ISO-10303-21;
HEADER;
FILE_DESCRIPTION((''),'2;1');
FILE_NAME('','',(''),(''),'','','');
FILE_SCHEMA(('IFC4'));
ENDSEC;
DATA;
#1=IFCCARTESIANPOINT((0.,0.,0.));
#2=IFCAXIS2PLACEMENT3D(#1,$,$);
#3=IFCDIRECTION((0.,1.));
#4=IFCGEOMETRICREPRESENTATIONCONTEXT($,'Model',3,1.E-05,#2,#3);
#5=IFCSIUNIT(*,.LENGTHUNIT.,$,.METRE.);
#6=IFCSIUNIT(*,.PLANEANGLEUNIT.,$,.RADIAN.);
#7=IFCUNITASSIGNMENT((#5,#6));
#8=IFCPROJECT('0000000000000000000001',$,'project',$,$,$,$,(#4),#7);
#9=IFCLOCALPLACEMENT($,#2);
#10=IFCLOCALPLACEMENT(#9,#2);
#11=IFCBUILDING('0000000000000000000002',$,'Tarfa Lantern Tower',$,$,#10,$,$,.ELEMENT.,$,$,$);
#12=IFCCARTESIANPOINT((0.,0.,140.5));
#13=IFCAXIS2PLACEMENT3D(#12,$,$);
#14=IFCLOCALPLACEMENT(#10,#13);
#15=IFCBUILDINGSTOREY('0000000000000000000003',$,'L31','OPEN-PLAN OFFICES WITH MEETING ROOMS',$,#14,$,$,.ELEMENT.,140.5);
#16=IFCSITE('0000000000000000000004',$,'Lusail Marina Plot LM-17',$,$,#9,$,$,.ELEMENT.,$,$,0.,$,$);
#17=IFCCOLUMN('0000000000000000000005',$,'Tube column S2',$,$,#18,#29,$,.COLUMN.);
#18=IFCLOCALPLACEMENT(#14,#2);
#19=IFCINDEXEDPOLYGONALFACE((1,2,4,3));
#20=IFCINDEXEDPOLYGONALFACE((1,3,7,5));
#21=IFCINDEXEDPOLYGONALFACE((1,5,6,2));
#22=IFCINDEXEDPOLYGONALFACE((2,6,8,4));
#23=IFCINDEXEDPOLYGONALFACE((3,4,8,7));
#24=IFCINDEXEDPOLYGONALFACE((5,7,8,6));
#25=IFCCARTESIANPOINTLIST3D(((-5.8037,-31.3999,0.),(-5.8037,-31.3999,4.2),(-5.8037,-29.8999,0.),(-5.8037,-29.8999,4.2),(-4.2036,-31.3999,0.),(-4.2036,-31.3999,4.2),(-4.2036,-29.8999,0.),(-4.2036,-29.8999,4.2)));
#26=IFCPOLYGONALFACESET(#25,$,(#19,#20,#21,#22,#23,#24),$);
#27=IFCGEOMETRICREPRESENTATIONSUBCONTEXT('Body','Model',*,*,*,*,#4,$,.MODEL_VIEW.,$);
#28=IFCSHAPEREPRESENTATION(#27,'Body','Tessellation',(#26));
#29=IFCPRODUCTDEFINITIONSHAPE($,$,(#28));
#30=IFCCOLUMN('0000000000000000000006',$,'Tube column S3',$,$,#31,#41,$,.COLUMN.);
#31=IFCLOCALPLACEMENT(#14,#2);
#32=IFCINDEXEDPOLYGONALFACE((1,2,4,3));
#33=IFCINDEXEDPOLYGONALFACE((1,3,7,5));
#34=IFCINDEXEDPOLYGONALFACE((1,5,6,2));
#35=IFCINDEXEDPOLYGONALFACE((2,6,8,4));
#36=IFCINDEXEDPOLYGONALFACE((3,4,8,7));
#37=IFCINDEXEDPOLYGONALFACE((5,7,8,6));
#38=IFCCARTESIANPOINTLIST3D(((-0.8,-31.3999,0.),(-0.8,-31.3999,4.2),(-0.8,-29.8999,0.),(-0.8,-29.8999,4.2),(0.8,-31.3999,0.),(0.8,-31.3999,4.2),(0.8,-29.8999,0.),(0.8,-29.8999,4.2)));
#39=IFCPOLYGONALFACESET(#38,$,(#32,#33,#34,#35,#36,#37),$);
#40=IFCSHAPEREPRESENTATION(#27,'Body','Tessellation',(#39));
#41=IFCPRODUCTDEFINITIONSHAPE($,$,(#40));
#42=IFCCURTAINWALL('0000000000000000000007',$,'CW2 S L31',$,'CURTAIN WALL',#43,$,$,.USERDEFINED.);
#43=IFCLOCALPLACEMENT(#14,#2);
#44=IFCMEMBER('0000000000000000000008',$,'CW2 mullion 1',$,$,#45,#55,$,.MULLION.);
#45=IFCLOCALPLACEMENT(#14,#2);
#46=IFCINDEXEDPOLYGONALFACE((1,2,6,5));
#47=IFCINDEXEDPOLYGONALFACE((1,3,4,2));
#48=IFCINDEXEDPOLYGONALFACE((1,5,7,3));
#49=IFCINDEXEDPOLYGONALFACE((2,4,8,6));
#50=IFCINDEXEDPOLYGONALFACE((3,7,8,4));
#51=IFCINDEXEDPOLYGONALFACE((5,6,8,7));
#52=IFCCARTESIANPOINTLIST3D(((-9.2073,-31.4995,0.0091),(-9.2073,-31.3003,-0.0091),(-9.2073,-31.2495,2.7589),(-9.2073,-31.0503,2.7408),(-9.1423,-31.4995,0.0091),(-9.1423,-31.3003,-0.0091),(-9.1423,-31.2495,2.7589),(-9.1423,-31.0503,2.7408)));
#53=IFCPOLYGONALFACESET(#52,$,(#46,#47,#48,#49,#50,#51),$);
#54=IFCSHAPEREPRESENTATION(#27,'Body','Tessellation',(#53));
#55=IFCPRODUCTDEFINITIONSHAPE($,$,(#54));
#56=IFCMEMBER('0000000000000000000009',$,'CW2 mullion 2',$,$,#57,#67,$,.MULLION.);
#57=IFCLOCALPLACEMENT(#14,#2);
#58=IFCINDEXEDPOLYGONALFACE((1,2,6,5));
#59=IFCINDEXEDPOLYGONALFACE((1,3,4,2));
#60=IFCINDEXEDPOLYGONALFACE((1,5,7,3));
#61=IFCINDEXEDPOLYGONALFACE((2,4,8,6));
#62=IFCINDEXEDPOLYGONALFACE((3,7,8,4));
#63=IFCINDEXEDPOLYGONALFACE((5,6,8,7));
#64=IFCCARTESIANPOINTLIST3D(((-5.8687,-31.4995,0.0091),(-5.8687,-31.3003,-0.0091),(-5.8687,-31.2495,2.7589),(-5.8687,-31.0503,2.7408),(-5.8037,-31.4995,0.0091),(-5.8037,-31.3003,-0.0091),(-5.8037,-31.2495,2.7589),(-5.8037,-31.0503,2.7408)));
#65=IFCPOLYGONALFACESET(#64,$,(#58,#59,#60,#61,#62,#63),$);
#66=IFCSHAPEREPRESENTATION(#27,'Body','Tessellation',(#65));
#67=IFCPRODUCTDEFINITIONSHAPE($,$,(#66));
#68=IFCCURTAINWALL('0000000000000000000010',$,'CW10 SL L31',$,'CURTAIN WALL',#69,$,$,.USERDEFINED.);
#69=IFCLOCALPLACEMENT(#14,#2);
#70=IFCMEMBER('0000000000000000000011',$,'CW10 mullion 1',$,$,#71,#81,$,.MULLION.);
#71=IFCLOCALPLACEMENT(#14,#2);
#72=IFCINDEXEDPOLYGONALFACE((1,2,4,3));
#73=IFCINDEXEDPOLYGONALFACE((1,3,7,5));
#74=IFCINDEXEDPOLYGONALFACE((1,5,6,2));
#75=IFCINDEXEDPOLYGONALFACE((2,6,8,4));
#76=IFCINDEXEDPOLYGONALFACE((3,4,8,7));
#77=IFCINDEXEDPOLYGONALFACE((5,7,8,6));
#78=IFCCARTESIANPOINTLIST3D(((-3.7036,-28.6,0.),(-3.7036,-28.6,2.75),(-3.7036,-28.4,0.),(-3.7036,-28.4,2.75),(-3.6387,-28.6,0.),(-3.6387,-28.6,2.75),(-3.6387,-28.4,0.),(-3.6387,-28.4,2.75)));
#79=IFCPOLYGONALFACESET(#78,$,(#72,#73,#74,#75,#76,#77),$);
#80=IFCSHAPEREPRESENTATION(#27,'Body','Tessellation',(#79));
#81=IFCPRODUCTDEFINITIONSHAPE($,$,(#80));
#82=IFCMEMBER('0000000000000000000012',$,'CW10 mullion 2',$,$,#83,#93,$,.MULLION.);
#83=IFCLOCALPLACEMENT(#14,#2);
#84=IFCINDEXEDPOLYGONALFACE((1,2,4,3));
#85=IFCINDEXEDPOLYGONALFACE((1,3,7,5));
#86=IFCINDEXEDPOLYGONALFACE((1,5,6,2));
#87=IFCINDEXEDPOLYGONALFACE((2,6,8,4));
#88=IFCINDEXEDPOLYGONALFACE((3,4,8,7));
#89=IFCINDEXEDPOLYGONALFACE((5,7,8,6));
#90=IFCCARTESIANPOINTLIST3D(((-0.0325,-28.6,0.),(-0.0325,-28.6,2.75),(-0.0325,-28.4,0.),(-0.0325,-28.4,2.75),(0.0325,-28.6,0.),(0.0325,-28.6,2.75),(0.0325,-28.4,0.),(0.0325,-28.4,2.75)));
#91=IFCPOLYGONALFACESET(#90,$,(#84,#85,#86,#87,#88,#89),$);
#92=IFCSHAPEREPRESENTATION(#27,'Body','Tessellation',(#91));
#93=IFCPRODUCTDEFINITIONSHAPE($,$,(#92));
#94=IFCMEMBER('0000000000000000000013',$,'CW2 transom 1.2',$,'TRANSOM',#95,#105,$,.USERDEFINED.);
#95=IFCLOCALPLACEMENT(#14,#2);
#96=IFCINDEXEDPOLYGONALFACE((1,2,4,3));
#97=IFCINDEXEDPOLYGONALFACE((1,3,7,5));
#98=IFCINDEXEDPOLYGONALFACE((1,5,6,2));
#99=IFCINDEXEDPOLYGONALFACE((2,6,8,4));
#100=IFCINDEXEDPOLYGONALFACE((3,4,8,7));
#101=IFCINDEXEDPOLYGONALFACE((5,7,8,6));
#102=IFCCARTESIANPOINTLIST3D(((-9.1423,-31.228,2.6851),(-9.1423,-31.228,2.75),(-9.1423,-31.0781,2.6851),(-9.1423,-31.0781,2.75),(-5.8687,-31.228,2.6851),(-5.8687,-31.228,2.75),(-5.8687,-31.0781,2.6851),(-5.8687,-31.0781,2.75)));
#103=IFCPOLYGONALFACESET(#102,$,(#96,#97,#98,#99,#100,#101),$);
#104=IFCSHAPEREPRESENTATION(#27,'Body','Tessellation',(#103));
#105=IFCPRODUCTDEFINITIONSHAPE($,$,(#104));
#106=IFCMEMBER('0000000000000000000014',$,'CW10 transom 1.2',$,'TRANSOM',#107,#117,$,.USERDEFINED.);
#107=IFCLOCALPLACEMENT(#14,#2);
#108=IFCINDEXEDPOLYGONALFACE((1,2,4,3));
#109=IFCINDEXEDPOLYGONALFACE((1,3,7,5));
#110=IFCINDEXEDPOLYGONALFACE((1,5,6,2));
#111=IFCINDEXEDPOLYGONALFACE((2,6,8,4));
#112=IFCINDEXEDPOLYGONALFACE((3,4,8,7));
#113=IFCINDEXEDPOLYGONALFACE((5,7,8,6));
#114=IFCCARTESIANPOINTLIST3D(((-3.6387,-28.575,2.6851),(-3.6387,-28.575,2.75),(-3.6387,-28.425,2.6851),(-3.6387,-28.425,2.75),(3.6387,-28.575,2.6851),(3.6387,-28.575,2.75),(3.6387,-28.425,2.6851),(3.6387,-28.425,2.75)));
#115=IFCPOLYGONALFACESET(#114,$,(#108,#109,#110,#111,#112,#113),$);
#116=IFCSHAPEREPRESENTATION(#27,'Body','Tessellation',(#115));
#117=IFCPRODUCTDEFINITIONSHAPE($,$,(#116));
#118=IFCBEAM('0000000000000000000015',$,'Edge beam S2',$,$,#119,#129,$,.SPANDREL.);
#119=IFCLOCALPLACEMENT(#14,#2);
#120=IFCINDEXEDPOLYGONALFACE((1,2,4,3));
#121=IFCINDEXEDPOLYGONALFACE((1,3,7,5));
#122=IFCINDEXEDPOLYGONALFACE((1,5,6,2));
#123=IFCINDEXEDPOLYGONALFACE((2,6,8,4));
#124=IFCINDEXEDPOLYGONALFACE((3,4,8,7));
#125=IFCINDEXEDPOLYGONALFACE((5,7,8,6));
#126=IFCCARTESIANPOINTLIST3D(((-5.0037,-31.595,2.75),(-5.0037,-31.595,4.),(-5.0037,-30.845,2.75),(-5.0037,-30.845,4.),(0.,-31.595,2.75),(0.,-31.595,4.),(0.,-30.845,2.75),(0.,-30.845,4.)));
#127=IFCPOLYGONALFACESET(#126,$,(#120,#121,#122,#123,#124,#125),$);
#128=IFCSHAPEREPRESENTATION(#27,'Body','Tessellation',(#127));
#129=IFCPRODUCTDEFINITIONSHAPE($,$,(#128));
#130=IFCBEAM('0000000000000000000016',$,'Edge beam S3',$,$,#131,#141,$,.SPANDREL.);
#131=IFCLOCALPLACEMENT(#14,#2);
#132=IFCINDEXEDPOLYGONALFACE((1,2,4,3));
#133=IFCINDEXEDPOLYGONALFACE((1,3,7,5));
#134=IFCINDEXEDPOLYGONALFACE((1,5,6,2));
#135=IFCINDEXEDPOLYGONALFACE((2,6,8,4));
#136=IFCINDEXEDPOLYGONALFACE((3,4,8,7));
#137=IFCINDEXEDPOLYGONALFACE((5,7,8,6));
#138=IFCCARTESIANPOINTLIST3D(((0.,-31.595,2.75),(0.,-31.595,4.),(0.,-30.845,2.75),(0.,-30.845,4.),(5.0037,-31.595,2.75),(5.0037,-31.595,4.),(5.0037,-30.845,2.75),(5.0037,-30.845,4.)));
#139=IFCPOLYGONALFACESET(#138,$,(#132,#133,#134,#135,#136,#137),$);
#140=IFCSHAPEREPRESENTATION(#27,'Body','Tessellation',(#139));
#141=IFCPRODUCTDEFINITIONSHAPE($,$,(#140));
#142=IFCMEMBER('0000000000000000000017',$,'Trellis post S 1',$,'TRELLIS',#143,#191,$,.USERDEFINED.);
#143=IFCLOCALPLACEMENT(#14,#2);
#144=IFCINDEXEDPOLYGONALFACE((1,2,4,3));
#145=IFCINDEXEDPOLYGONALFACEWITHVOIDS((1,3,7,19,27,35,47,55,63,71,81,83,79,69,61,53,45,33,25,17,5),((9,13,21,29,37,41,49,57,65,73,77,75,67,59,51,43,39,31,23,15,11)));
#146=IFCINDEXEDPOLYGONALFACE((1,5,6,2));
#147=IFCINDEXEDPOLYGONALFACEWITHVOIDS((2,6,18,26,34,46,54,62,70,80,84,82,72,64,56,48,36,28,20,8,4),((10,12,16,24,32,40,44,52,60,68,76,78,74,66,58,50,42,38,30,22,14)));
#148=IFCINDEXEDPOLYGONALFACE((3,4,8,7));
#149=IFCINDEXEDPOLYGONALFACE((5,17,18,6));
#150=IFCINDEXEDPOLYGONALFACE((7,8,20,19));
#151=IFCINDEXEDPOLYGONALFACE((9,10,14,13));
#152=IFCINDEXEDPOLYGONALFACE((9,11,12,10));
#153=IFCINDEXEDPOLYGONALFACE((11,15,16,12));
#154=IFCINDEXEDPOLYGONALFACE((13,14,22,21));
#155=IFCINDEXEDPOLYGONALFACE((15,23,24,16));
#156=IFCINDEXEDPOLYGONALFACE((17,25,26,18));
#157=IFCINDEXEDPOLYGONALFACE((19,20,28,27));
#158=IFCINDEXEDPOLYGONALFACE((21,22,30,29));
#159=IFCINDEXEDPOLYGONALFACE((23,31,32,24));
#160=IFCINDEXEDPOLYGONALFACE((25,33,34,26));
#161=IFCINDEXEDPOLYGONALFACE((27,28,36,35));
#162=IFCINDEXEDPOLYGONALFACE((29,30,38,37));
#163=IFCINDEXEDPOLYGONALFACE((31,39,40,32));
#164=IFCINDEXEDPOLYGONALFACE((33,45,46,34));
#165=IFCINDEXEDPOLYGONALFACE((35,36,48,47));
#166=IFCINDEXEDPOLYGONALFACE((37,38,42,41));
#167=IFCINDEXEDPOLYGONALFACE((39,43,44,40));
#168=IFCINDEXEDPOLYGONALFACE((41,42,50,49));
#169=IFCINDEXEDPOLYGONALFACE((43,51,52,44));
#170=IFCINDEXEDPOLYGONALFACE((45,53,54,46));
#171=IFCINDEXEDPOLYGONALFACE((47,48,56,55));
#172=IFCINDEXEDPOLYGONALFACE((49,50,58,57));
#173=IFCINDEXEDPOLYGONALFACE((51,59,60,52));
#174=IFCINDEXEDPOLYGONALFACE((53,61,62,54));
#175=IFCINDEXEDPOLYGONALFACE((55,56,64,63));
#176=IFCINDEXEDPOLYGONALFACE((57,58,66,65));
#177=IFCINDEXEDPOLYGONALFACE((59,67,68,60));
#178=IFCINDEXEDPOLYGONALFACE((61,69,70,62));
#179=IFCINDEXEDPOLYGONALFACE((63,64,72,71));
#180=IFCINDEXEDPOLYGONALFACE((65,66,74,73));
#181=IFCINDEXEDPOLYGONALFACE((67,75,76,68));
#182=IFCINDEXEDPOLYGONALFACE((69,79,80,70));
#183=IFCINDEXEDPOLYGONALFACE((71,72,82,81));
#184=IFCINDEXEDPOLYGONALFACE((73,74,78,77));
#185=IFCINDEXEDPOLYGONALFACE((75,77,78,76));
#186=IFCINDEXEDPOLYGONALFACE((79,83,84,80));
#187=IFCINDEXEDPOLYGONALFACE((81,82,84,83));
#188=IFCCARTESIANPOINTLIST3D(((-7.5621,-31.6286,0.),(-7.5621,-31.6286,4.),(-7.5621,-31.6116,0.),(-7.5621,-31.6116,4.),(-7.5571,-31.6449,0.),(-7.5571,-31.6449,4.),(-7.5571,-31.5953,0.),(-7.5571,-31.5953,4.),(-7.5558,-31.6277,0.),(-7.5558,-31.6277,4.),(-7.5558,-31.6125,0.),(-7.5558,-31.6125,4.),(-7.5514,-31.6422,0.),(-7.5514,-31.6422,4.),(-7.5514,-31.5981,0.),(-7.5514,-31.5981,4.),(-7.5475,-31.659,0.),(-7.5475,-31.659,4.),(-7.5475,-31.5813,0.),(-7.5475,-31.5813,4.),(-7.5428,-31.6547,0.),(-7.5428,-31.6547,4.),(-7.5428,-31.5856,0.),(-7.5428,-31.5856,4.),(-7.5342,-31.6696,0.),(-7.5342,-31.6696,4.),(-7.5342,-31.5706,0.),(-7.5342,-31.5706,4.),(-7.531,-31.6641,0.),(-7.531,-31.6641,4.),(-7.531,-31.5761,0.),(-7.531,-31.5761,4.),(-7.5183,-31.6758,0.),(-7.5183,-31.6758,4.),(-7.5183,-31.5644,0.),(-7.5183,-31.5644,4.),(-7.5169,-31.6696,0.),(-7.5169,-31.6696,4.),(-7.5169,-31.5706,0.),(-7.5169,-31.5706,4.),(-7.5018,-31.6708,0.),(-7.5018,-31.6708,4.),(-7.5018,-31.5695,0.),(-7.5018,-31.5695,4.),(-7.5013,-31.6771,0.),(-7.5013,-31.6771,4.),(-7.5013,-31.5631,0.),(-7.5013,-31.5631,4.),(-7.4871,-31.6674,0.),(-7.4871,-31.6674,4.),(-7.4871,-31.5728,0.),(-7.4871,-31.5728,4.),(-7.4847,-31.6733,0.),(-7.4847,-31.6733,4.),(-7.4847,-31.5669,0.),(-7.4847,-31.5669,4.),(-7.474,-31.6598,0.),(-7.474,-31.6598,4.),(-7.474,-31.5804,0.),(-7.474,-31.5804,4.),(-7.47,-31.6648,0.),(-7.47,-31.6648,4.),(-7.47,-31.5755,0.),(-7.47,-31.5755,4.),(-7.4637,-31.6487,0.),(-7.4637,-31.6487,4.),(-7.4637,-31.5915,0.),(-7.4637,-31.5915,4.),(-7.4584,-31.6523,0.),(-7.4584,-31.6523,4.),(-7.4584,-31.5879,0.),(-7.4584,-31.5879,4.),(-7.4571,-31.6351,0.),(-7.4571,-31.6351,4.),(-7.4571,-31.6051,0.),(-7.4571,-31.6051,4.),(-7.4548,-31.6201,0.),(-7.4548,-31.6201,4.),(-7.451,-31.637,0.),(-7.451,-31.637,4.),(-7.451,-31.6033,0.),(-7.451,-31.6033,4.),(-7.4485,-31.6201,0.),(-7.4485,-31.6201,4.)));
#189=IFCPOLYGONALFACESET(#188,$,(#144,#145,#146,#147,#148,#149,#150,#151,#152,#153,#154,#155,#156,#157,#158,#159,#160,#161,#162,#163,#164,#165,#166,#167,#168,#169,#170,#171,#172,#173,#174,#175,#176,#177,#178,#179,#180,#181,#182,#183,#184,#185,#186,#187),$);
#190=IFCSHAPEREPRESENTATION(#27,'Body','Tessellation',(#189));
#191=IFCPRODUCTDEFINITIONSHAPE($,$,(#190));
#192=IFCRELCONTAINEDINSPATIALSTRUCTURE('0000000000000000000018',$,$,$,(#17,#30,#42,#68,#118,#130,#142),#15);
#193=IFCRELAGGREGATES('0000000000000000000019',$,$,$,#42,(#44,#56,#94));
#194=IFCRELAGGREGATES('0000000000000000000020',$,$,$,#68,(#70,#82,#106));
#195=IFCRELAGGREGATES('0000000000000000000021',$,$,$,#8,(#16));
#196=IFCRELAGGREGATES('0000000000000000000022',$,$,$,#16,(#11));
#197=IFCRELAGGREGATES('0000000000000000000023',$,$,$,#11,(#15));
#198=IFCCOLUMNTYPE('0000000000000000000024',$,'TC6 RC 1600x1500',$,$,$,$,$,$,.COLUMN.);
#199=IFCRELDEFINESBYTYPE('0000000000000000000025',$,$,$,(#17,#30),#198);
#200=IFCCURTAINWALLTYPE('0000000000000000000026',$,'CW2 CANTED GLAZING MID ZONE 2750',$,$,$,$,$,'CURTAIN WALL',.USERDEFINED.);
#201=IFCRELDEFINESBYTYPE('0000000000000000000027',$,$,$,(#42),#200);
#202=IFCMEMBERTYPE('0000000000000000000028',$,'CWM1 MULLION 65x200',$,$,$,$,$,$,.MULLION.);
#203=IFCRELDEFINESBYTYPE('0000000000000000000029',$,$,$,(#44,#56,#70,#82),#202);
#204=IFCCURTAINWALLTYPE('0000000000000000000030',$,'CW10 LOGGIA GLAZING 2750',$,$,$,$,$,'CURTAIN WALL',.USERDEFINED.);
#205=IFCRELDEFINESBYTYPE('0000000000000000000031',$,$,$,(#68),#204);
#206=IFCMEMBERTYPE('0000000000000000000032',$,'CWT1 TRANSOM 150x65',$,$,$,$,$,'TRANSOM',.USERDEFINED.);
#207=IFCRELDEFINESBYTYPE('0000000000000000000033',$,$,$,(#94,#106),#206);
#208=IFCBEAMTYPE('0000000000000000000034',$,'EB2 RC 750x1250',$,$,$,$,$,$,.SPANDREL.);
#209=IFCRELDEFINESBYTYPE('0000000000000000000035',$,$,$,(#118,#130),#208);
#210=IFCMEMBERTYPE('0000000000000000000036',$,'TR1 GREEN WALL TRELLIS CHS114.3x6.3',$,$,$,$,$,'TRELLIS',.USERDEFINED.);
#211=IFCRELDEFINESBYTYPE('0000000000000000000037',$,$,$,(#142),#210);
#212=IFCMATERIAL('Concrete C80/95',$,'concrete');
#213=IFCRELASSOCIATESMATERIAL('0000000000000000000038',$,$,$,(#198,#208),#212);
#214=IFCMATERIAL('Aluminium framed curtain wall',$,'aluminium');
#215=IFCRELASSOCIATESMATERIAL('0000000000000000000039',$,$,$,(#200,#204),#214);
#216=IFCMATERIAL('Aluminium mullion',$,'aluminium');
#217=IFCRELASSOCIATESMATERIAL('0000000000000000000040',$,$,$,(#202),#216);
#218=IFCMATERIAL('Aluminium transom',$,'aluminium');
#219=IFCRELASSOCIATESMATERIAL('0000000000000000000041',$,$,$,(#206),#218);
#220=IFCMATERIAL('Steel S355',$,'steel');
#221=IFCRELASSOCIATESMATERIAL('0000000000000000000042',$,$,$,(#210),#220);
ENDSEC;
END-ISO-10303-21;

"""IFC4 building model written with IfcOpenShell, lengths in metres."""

from ifc_helpers import new_model, si_unit, direction, frame, origin, origin_2d, place, context, subcontext, project, spatial, rectangle, hollow_circle, extrude, material, material_profile, profile_set, type_object, element, aggregate, save


model = new_model("IFC4")

# Units and contexts
model_context = context("Model", 3, precision=1e-05, world=origin(), true_north=direction((0.0, 1.0)))
body_context = subcontext(model_context, "Body", "Model", "MODEL_VIEW")
ifc_project = project(units=[si_unit("LENGTHUNIT", "METRE"), si_unit("PLANEANGLEUNIT", "RADIAN")], contexts=[model_context])

# Site, building, storey
site_placement = place(None, origin())
site = spatial("IfcSite", under=ifc_project, at=site_placement, Name="Lusail Marina Plot LM-17", CompositionType="ELEMENT", RefElevation=0.0)
building_placement = place(site_placement, origin())
building = spatial("IfcBuilding", under=site, at=building_placement, Name="Tarfa Lantern Tower", CompositionType="ELEMENT")
storey_placement = place(building_placement, frame((0.0, 0.0, 140.5)))
storey = spatial("IfcBuildingStorey", under=building, at=storey_placement, Name="L31", Description="OPEN-PLAN OFFICES WITH MEETING ROOMS", CompositionType="ELEMENT", Elevation=140.5)

# Columns
ifc_material_1 = material(Name="Concrete C80/95", Category="concrete")
ifc_material_profile_1 = material_profile(ifc_material_1, rectangle(XDim=1.6001, YDim=1.5, at=origin_2d()), Name="RC 1600x1500")
ifc_profile_set_1 = profile_set([ifc_material_profile_1], Name="Concrete C80/95")
column_type = type_object("IfcColumnType", Name="TC6 RC 1600x1500", PredefinedType="COLUMN", material=ifc_profile_set_1)
for number, where, z_axis, x_axis, name in (
    (1, (-5.0037, -30.6499, 0.0), (0.0, 0.0, 1.0), (1.0, 0.0, 0.0), "Tube column S2"),
    (2, (0.0, -30.6499, 0.0), (0.0, 0.0, 1.0), (1.0, 0.0, 0.0), "Tube column S3"),
):
    element("IfcColumn", number, at=place(storey_placement, frame(where, z_axis=z_axis, x_axis=x_axis)), inside=storey, type_object=column_type, Name=name, PredefinedType="COLUMN", context=body_context, shape_type="SweptSolid", body=[
        extrude(rectangle(XDim=1.6001, YDim=1.5, at=origin_2d()), origin(), (0.0, 0.0, 1.0), 4.2),
    ])

# Curtain walls, members
ifc_material_2 = material(Name="Aluminium framed curtain wall", Category="aluminium")
curtain_wall_type_1 = type_object("IfcCurtainWallType", Name="CW2 CANTED GLAZING MID ZONE 2750", ElementType="CURTAIN WALL", PredefinedType="USERDEFINED", material=ifc_material_2)
curtain_wall_1_placement = place(storey_placement, origin())
curtain_wall_1 = element("IfcCurtainWall", 3, at=curtain_wall_1_placement, inside=storey, type_object=curtain_wall_type_1, Name="CW2 S L31", ObjectType="CURTAIN WALL", PredefinedType="USERDEFINED")
ifc_material_3 = material(Name="Aluminium mullion", Category="aluminium")
ifc_material_profile_2 = material_profile(ifc_material_3, rectangle(XDim=0.0649, YDim=0.2, at=origin_2d()), Name="AL MULLION 65x200")
ifc_profile_set_2 = profile_set([ifc_material_profile_2], Name="Aluminium mullion")
member_type_1 = type_object("IfcMemberType", Name="CWM1 MULLION 65x200", PredefinedType="MULLION", material=ifc_profile_set_2)
member_1_placement = place(storey_placement, frame((-9.1748, -31.3999, 0.0), z_axis=(0.0, 0.090536, 0.995893), x_axis=(-1.0, 0.0, 0.0)))
member_1 = element("IfcMember", 4, at=member_1_placement, type_object=member_type_1, Name="CW2 mullion 1", PredefinedType="MULLION", context=body_context, shape_type="SweptSolid", body=[
    extrude(rectangle(XDim=0.0649, YDim=0.2, at=origin_2d()), origin(), (0.0, 0.0, 1.0), 2.7612),
])
member_2_placement = place(storey_placement, frame((-5.8362, -31.3999, 0.0), z_axis=(0.0, 0.090536, 0.995893), x_axis=(-1.0, 0.0, 0.0)))
member_2 = element("IfcMember", 5, at=member_2_placement, type_object=member_type_1, Name="CW2 mullion 2", PredefinedType="MULLION", context=body_context, shape_type="SweptSolid", body=[
    extrude(rectangle(XDim=0.0649, YDim=0.2, at=origin_2d()), origin(), (0.0, 0.0, 1.0), 2.7612),
])
curtain_wall_type_2 = type_object("IfcCurtainWallType", Name="CW10 LOGGIA GLAZING 2750", ElementType="CURTAIN WALL", PredefinedType="USERDEFINED", material=ifc_material_2)
curtain_wall_2_placement = place(storey_placement, origin())
curtain_wall_2 = element("IfcCurtainWall", 6, at=curtain_wall_2_placement, inside=storey, type_object=curtain_wall_type_2, Name="CW10 SL L31", ObjectType="CURTAIN WALL", PredefinedType="USERDEFINED")
member_3_placement = place(storey_placement, frame((-3.6711, -28.5, 0.0), z_axis=(0.0, 0.0, 1.0), x_axis=(1.0, 0.0, 0.0)))
member_3 = element("IfcMember", 7, at=member_3_placement, type_object=member_type_1, Name="CW10 mullion 1", PredefinedType="MULLION", context=body_context, shape_type="SweptSolid", body=[
    extrude(rectangle(XDim=0.0649, YDim=0.2, at=origin_2d()), origin(), (0.0, 0.0, 1.0), 2.75),
])
member_4_placement = place(storey_placement, frame((0.0, -28.5, 0.0), z_axis=(0.0, 0.0, 1.0), x_axis=(1.0, 0.0, 0.0)))
member_4 = element("IfcMember", 8, at=member_4_placement, type_object=member_type_1, Name="CW10 mullion 2", PredefinedType="MULLION", context=body_context, shape_type="SweptSolid", body=[
    extrude(rectangle(XDim=0.0649, YDim=0.2, at=origin_2d()), origin(), (0.0, 0.0, 1.0), 2.75),
])

# Members
ifc_material_4 = material(Name="Aluminium transom", Category="aluminium")
ifc_material_profile_3 = material_profile(ifc_material_4, rectangle(XDim=0.1499, YDim=0.0649, at=origin_2d()), Name="AL TRANSOM 150x65")
ifc_profile_set_3 = profile_set([ifc_material_profile_3], Name="Aluminium transom")
member_type_2 = type_object("IfcMemberType", Name="CWT1 TRANSOM 150x65", ElementType="TRANSOM", PredefinedType="USERDEFINED", material=ifc_profile_set_3)
member_5_placement = place(storey_placement, frame((-9.1423, -31.1531, 2.7175), z_axis=(1.0, 0.0, 0.0), x_axis=(0.0, 1.0, 0.0)))
member_5 = element("IfcMember", 9, at=member_5_placement, type_object=member_type_2, Name="CW2 transom 1.2", ObjectType="TRANSOM", PredefinedType="USERDEFINED", context=body_context, shape_type="SweptSolid", body=[
    extrude(rectangle(XDim=0.1499, YDim=0.0649, at=origin_2d()), origin(), (0.0, 0.0, 1.0), 3.2737),
])
member_6_placement = place(storey_placement, frame((-3.6387, -28.5, 2.7175), z_axis=(1.0, 0.0, 0.0), x_axis=(0.0, 1.0, 0.0)))
member_6 = element("IfcMember", 10, at=member_6_placement, type_object=member_type_2, Name="CW10 transom 1.2", ObjectType="TRANSOM", PredefinedType="USERDEFINED", context=body_context, shape_type="SweptSolid", body=[
    extrude(rectangle(XDim=0.1499, YDim=0.0649, at=origin_2d()), origin(), (0.0, 0.0, 1.0), 7.2773),
])

# Beams
ifc_material_profile_4 = material_profile(ifc_material_1, rectangle(XDim=0.75, YDim=1.25, at=origin_2d()), Name="RC 750x1250")
ifc_profile_set_4 = profile_set([ifc_material_profile_4], Name="Concrete C80/95")
beam_type_1 = type_object("IfcBeamType", Name="EB2 RC 750x1250", PredefinedType="SPANDREL", material=ifc_profile_set_4)
for number, where, z_axis, x_axis, name in (
    (11, (-5.0037, -31.22, 3.375), (1.0, 0.0, 0.0), (0.0, 1.0, 0.0), "Edge beam S2"),
    (12, (0.0, -31.22, 3.375), (1.0, 0.0, 0.0), (0.0, 1.0, 0.0), "Edge beam S3"),
):
    element("IfcBeam", number, at=place(storey_placement, frame(where, z_axis=z_axis, x_axis=x_axis)), inside=storey, type_object=beam_type_1, Name=name, PredefinedType="SPANDREL", context=body_context, shape_type="SweptSolid", body=[
        extrude(rectangle(XDim=0.75, YDim=1.25, at=origin_2d()), origin(), (0.0, 0.0, 1.0), 5.0037),
    ])

# Member
ifc_material_5 = material(Name="Steel S355", Category="steel")
ifc_material_profile_5 = material_profile(ifc_material_5, hollow_circle(Radius=0.0571, WallThickness=0.0063, at=origin_2d()), Name="CHS114.3x6.3")
ifc_profile_set_5 = profile_set([ifc_material_profile_5], Name="Steel S355")
member_type_3 = type_object("IfcMemberType", Name="TR1 GREEN WALL TRELLIS CHS114.3x6.3", ElementType="TRELLIS", PredefinedType="USERDEFINED", material=ifc_profile_set_5)
member_7_placement = place(storey_placement, frame((-7.5056, -31.6201, 0.0), z_axis=(0.0, 0.0, 1.0), x_axis=(1.0, 0.0, 0.0)))
element("IfcMember", 13, at=member_7_placement, inside=storey, type_object=member_type_3, Name="Trellis post S 1", ObjectType="TRELLIS", PredefinedType="USERDEFINED", context=body_context, shape_type="SweptSolid", body=[
    extrude(hollow_circle(Radius=0.0571, WallThickness=0.0063, at=origin_2d()), origin(), (0.0, 0.0, 1.0), 4.0),
])

aggregate(curtain_wall_1, [member_1, member_2, member_5])
aggregate(curtain_wall_2, [member_3, member_4, member_6])

save(model, "model.ifc")
